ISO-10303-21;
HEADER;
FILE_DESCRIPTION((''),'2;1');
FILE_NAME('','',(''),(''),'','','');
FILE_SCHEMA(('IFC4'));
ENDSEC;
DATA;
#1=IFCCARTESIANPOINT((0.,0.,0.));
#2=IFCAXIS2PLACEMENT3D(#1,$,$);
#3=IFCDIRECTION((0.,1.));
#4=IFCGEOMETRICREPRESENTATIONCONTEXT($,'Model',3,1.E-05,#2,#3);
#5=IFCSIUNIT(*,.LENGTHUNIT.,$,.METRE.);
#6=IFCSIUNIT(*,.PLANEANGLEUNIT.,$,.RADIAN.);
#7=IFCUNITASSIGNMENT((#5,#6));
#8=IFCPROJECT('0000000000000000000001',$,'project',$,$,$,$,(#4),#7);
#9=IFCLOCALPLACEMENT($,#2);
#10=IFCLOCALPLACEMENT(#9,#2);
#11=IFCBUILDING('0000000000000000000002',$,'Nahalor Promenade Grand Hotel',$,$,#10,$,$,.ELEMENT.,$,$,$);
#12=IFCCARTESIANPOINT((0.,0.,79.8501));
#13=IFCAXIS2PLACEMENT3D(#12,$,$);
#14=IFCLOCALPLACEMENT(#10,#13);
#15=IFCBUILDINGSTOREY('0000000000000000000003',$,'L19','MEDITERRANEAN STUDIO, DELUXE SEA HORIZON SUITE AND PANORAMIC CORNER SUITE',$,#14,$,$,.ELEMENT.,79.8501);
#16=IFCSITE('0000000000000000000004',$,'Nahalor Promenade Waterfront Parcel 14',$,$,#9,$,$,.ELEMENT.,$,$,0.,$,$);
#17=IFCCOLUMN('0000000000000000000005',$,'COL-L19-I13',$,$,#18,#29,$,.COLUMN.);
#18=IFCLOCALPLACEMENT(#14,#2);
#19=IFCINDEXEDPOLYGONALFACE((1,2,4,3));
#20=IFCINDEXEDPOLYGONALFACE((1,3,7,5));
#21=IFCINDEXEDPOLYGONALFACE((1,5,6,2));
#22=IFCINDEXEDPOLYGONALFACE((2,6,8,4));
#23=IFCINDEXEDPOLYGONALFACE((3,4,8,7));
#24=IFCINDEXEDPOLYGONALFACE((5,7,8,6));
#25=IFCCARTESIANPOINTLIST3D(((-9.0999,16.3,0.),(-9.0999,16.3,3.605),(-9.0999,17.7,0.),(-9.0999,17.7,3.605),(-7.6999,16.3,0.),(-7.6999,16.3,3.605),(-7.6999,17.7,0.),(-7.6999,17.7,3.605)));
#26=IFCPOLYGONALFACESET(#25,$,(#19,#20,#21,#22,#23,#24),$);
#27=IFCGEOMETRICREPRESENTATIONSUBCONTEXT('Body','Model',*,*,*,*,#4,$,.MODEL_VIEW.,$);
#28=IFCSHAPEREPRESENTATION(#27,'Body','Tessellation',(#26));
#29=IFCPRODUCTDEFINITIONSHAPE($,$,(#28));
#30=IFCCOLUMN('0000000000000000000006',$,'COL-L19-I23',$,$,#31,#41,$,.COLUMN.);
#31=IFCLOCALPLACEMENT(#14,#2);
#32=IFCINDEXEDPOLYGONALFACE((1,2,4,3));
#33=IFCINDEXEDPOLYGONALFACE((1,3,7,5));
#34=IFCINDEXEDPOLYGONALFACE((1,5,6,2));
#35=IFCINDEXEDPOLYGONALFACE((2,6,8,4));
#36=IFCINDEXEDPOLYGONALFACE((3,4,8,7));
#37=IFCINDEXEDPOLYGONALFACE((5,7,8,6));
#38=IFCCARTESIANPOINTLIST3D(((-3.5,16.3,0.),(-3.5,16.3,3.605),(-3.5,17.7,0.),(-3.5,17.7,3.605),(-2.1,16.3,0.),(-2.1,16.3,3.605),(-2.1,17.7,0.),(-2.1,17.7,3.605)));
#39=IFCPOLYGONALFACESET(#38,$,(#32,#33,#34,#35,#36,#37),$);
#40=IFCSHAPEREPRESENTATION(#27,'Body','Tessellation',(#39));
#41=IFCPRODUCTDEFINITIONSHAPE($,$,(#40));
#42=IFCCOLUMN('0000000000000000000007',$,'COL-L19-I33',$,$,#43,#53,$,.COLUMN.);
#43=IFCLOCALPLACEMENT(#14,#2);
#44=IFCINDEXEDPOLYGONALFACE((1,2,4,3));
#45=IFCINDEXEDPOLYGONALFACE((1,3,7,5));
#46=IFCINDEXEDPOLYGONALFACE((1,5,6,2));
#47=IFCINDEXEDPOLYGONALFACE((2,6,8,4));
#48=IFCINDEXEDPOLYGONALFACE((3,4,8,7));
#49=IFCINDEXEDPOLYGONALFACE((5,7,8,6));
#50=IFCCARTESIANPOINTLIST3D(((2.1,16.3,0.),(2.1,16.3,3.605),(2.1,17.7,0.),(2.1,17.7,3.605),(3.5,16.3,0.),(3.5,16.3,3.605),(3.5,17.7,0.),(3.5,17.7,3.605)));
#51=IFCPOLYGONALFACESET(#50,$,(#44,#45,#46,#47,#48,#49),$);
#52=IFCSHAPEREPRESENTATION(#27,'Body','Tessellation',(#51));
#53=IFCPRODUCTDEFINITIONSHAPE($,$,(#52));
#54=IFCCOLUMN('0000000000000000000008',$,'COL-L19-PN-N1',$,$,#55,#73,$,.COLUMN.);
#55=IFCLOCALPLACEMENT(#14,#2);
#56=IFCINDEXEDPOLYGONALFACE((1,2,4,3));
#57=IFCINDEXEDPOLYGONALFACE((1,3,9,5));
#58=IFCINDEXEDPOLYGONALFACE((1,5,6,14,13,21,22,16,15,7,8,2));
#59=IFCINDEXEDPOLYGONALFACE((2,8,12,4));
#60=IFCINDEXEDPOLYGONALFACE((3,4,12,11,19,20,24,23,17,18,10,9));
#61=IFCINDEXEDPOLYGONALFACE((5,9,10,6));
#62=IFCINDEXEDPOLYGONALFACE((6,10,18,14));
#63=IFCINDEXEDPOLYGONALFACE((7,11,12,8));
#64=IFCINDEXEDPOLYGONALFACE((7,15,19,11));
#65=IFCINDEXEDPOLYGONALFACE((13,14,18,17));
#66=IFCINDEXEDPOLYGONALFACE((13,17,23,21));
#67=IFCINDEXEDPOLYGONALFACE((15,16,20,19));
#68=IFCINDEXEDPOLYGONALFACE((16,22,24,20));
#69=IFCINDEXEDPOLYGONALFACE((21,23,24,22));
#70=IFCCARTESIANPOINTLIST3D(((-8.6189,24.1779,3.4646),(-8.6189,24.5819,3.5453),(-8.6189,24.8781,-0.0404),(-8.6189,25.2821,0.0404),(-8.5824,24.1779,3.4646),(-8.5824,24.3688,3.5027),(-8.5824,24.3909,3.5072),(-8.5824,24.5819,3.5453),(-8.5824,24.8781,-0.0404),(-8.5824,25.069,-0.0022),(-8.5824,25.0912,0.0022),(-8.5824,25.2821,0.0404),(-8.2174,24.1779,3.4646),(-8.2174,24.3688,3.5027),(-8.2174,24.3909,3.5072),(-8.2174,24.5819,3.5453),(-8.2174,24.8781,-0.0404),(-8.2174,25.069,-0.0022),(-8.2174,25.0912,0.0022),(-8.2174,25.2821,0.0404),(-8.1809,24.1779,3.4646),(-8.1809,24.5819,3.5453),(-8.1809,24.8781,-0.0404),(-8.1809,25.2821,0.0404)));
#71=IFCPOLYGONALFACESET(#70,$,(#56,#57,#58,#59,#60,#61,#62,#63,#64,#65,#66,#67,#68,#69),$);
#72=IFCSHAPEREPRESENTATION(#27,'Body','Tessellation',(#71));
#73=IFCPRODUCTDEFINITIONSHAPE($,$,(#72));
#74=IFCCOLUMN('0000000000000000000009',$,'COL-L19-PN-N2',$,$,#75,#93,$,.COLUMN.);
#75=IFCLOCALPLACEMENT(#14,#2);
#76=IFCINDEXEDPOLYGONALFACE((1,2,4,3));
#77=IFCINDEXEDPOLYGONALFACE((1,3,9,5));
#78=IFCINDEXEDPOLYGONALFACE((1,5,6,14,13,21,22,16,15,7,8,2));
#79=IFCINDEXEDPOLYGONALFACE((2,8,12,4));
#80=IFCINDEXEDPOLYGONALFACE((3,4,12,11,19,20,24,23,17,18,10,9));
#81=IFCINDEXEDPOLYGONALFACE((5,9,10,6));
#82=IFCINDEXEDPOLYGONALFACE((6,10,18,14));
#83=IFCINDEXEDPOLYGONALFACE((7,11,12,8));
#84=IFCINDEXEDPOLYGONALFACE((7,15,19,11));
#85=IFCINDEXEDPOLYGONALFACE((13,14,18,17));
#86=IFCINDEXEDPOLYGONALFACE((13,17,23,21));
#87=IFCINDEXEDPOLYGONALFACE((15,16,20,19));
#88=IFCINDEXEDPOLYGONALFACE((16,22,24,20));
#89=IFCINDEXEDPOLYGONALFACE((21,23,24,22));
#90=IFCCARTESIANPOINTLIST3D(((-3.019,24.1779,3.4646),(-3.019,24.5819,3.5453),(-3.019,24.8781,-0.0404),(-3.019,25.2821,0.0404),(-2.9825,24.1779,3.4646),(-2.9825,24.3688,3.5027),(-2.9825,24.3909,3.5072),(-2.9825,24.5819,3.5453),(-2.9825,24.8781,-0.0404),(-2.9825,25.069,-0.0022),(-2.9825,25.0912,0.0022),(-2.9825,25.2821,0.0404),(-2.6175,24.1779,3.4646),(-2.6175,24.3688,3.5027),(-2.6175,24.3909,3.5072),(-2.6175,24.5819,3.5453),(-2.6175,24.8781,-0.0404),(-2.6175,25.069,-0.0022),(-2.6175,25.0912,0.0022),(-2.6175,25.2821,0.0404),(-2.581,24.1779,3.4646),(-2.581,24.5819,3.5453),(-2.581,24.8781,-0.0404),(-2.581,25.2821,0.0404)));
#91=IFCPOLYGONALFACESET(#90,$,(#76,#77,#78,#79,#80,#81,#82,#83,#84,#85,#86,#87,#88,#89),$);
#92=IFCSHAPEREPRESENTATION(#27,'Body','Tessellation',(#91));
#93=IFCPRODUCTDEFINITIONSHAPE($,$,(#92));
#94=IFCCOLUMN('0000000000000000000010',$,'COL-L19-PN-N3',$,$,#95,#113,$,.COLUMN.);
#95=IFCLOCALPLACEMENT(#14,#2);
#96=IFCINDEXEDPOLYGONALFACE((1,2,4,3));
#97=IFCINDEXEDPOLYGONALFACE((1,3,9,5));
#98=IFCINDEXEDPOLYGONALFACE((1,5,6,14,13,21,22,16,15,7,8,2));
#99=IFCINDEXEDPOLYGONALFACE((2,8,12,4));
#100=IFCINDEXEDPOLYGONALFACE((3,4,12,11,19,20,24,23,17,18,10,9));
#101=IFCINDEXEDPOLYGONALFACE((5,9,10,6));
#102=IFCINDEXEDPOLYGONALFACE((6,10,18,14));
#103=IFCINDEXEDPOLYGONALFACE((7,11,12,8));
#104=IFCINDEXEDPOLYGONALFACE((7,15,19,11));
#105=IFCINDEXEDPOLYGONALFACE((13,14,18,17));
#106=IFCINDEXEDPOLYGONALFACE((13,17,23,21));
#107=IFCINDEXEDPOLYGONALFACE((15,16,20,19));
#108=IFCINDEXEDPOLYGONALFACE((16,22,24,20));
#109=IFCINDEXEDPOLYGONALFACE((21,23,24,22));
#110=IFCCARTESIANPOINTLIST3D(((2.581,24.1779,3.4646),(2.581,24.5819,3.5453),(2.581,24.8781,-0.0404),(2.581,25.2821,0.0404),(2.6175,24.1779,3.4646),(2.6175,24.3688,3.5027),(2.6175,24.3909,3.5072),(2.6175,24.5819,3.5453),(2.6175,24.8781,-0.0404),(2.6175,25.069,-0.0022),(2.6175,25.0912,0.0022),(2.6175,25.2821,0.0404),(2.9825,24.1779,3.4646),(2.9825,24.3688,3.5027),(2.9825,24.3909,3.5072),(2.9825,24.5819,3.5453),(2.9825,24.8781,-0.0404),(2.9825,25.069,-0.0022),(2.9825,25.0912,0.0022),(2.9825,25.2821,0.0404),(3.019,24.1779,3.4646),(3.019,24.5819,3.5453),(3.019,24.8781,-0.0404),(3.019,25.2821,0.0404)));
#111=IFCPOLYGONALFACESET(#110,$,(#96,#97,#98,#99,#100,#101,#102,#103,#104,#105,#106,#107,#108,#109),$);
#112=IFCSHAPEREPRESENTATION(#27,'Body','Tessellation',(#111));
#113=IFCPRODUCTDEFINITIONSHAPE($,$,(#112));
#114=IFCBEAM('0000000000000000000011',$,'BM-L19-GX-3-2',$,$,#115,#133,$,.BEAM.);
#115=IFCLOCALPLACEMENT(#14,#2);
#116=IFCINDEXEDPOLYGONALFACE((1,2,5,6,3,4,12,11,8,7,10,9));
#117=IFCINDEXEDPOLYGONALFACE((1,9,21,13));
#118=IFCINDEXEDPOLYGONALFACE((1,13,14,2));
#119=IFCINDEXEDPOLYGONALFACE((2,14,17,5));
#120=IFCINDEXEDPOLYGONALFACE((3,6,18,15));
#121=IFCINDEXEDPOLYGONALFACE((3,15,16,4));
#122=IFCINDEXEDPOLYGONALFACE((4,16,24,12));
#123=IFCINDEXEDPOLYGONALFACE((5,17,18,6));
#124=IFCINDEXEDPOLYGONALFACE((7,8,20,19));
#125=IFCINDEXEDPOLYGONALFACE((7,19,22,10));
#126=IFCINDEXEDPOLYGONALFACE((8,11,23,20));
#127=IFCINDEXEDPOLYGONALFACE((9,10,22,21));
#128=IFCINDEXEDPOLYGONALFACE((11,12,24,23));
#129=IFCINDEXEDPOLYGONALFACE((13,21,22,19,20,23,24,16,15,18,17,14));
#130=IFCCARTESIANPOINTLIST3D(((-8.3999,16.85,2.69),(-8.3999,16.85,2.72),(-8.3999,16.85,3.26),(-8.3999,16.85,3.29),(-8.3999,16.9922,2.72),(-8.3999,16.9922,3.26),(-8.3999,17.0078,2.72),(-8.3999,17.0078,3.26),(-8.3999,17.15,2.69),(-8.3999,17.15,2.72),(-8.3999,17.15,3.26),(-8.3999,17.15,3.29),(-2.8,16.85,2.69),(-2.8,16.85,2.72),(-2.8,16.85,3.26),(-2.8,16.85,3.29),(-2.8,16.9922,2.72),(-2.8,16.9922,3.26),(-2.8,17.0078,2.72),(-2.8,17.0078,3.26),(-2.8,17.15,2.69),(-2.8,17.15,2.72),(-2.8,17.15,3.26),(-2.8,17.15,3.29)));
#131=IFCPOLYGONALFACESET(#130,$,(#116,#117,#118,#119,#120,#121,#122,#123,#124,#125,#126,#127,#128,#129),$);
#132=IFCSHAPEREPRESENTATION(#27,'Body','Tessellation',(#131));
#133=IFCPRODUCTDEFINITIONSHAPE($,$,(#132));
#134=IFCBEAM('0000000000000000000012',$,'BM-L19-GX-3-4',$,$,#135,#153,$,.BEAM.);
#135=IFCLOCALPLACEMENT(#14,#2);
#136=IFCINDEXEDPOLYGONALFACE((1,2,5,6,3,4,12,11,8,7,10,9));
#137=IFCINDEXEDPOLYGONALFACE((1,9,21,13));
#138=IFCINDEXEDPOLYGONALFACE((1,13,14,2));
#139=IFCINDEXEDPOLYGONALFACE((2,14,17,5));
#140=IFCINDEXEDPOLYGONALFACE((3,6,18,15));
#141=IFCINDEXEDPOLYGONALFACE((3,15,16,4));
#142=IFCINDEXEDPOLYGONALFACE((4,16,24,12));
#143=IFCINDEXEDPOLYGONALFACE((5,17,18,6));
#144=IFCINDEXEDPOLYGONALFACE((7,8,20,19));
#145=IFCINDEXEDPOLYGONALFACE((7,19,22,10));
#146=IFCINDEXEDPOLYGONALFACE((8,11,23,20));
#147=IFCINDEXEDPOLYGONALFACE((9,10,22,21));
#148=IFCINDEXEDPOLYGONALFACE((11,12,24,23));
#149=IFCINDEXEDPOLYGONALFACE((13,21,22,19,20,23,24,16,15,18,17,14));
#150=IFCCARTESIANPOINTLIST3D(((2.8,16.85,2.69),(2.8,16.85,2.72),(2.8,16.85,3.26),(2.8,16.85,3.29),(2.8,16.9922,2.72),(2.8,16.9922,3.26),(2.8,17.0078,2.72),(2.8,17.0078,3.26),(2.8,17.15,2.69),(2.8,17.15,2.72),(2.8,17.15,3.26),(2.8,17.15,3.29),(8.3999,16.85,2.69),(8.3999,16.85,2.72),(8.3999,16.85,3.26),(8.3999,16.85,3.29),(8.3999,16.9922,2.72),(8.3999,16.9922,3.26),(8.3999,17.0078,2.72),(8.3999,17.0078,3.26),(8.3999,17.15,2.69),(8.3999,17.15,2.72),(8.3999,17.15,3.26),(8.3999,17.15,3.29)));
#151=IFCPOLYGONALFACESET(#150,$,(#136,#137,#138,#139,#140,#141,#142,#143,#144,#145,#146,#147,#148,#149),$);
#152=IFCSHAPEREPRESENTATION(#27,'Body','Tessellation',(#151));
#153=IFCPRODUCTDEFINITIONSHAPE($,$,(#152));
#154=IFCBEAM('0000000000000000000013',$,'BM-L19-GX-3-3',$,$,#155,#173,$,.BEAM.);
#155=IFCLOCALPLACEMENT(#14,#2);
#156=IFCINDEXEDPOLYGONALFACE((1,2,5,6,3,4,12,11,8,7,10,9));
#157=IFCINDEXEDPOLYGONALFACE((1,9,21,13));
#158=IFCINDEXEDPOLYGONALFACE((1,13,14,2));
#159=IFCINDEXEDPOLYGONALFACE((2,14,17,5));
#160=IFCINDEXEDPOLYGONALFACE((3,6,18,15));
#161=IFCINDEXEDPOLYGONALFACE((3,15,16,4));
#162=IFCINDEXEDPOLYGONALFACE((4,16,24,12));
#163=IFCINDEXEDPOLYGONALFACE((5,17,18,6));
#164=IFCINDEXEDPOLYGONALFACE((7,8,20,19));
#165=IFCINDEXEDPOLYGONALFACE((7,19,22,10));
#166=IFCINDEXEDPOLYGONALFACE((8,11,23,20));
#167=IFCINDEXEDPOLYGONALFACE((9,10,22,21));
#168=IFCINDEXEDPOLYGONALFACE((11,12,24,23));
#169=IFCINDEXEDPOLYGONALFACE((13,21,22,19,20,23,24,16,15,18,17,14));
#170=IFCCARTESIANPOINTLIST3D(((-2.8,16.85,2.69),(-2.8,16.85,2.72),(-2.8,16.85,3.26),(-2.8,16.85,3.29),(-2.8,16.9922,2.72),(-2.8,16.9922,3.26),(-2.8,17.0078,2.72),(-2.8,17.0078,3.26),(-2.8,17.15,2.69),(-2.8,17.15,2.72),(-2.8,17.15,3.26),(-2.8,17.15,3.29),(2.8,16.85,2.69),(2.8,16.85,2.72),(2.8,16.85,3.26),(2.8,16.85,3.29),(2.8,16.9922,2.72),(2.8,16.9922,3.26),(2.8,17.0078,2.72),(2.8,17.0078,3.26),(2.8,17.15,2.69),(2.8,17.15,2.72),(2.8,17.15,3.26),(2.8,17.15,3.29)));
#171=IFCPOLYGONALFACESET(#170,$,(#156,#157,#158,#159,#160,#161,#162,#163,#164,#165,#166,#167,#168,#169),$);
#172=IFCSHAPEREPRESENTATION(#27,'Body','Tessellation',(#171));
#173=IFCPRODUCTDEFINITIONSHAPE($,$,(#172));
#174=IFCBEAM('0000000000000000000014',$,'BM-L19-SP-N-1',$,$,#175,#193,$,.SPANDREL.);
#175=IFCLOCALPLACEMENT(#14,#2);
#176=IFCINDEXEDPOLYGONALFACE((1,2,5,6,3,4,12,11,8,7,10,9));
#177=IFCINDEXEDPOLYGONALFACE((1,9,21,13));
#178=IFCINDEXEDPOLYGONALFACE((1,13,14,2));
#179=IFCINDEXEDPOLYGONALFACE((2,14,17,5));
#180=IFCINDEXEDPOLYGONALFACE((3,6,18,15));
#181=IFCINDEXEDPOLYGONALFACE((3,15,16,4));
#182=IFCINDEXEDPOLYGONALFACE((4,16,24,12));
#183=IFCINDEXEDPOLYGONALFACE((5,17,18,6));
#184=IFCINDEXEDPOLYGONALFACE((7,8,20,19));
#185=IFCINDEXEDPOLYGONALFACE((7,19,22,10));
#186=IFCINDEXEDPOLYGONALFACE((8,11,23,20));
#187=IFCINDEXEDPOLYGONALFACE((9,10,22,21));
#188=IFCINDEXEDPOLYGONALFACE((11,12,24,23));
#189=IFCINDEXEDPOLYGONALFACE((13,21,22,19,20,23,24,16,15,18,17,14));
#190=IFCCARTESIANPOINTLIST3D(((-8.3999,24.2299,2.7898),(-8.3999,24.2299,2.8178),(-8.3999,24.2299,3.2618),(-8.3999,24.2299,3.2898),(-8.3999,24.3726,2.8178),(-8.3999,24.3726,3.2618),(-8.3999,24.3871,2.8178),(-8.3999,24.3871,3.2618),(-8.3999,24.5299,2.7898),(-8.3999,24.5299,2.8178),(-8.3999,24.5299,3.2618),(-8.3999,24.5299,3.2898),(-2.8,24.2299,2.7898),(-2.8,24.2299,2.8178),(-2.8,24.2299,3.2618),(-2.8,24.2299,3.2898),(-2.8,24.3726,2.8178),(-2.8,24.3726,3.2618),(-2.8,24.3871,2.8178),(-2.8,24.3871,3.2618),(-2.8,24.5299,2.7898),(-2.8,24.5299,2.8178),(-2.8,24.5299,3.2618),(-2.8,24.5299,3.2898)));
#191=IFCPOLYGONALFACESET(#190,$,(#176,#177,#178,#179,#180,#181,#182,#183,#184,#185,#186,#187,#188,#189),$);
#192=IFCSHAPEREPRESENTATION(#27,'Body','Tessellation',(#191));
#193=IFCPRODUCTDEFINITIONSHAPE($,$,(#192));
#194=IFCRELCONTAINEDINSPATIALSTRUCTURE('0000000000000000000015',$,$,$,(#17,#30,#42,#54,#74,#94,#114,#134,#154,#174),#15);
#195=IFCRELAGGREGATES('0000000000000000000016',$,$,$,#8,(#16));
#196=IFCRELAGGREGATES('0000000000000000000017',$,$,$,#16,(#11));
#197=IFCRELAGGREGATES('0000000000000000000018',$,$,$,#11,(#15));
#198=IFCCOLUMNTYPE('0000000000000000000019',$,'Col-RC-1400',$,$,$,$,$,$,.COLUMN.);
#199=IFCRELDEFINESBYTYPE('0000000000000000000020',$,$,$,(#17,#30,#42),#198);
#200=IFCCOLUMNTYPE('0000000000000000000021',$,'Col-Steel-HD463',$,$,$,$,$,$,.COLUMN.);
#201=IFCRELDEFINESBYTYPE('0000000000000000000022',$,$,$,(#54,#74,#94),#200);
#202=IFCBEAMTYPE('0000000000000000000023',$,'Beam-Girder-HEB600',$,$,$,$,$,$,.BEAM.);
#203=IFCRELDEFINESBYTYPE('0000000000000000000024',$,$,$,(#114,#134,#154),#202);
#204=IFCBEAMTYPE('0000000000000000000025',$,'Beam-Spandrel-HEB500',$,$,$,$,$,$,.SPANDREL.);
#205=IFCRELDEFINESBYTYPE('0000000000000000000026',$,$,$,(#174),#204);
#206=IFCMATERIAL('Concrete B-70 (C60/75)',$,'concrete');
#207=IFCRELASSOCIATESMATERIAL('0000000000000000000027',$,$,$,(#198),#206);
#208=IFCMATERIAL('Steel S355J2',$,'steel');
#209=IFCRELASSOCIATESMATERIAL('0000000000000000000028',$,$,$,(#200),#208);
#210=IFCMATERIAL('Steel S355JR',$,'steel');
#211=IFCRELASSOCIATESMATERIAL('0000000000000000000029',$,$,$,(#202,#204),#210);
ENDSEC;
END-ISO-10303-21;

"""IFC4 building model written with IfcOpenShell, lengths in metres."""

from ifc_helpers import new_model, si_unit, direction, frame, origin, origin_2d, place, context, subcontext, project, spatial, rectangle, i_section, extrude, source, transform, mapped, material, material_profile, profile_set, type_object, element, save


model = new_model("IFC4")

# Units and contexts
model_context = context("Model", 3, precision=1e-05, world=origin(), true_north=direction((0.0, 1.0)))
body_context = subcontext(model_context, "Body", "Model", "MODEL_VIEW")
ifc_project = project(units=[si_unit("LENGTHUNIT", "METRE"), si_unit("PLANEANGLEUNIT", "RADIAN")], contexts=[model_context])

# Site, building, storey
site_placement = place(None, origin())
site = spatial("IfcSite", under=ifc_project, at=site_placement, Name="Nahalor Promenade Waterfront Parcel 14", CompositionType="ELEMENT", RefElevation=0.0)
building_placement = place(site_placement, origin())
building = spatial("IfcBuilding", under=site, at=building_placement, Name="Nahalor Promenade Grand Hotel", CompositionType="ELEMENT")
storey_placement = place(building_placement, frame((0.0, 0.0, 79.8501)))
storey = spatial("IfcBuildingStorey", under=building, at=storey_placement, Name="L19", Description="MEDITERRANEAN STUDIO, DELUXE SEA HORIZON SUITE AND PANORAMIC CORNER SUITE", CompositionType="ELEMENT", Elevation=79.8501)

# Columns
ifc_material_1 = material(Name="Concrete B-70 (C60/75)", Category="concrete")
ifc_material_profile_1 = material_profile(ifc_material_1, rectangle(XDim=1.4, YDim=1.4, at=origin_2d()), Name="RC 1400x1400")
ifc_profile_set_1 = profile_set([ifc_material_profile_1], Name="Concrete B-70 (C60/75)")
column_type_1 = type_object("IfcColumnType", Name="Col-RC-1400", PredefinedType="COLUMN", material=ifc_profile_set_1)
shared_shape_1 = source(origin(), body_context, "Body", "SweptSolid", [
    extrude(rectangle(XDim=1.4, YDim=1.4, at=origin_2d()), origin(), (0.0, 0.0, 1.0), 3.605),
])
for number, where, z_axis, x_axis, name in (
    (1, (-8.3999, 17.0, 0.0), (0.0, 0.0, 1.0), (1.0, 0.0, 0.0), "COL-L19-I13"),
    (2, (-2.8, 17.0, 0.0), (0.0, 0.0, 1.0), (1.0, 0.0, 0.0), "COL-L19-I23"),
    (3, (2.8, 17.0, 0.0), (0.0, 0.0, 1.0), (1.0, 0.0, 0.0), "COL-L19-I33"),
):
    element("IfcColumn", number, at=place(storey_placement, frame(where, z_axis=z_axis, x_axis=x_axis)), inside=storey, type_object=column_type_1, Name=name, PredefinedType="COLUMN", context=body_context, shape_type="MappedRepresentation", body=[
        mapped(shared_shape_1, transform((0.0, 0.0, 0.0), scale=1.0)),
    ])
ifc_material_2 = material(Name="Steel S355J2", Category="steel")
ifc_material_profile_2 = material_profile(ifc_material_2, i_section(OverallWidth=0.412, OverallDepth=0.438, WebThickness=0.0226, FlangeThickness=0.0365, at=origin_2d()), Name="HD 400x463")
ifc_profile_set_2 = profile_set([ifc_material_profile_2], Name="Steel S355J2")
column_type_2 = type_object("IfcColumnType", Name="Col-Steel-HD463", PredefinedType="COLUMN", material=ifc_profile_set_2)
shared_shape_2 = source(origin(), body_context, "Body", "SweptSolid", [
    extrude(i_section(OverallWidth=0.412, OverallDepth=0.438, WebThickness=0.0226, FlangeThickness=0.0365, at=origin_2d()), origin(), (0.0, 0.0, 1.0), 3.5742),
])
for number, where, z_axis, x_axis, name in (
    (4, (-8.3999, 25.0801, 0.0), (0.0, -0.195906, 0.980623), (0.0, 0.980623, 0.195906), "COL-L19-PN-N1"),
    (5, (-2.8, 25.0801, 0.0), (0.0, -0.195906, 0.980623), (0.0, 0.980623, 0.195906), "COL-L19-PN-N2"),
    (6, (2.8, 25.0801, 0.0), (0.0, -0.195906, 0.980623), (0.0, 0.980623, 0.195906), "COL-L19-PN-N3"),
):
    element("IfcColumn", number, at=place(storey_placement, frame(where, z_axis=z_axis, x_axis=x_axis)), inside=storey, type_object=column_type_2, Name=name, PredefinedType="COLUMN", context=body_context, shape_type="MappedRepresentation", body=[
        mapped(shared_shape_2, transform((0.0, 0.0, 0.0), scale=1.0)),
    ])

# Beams
ifc_material_3 = material(Name="Steel S355JR", Category="steel")
ifc_material_profile_3 = material_profile(ifc_material_3, i_section(OverallWidth=0.3, OverallDepth=0.6, WebThickness=0.0155, FlangeThickness=0.03, at=origin_2d()), Name="HEB 600")
ifc_profile_set_3 = profile_set([ifc_material_profile_3], Name="Steel S355JR")
beam_type_1 = type_object("IfcBeamType", Name="Beam-Girder-HEB600", PredefinedType="BEAM", material=ifc_profile_set_3)
shared_shape_3 = source(origin(), body_context, "Body", "SweptSolid", [
    extrude(i_section(OverallWidth=0.3, OverallDepth=0.6, WebThickness=0.0155, FlangeThickness=0.03, at=origin_2d()), origin(), (0.0, 0.0, 1.0), 5.5999),
])
for number, where, z_axis, x_axis, name in (
    (7, (-8.3999, 17.0, 2.99), (1.0, 0.0, 0.0), (0.0, 1.0, 0.0), "BM-L19-GX-3-2"),
    (8, (2.8, 17.0, 2.99), (1.0, 0.0, 0.0), (0.0, 1.0, 0.0), "BM-L19-GX-3-4"),
):
    element("IfcBeam", number, at=place(storey_placement, frame(where, z_axis=z_axis, x_axis=x_axis)), inside=storey, type_object=beam_type_1, Name=name, PredefinedType="BEAM", context=body_context, shape_type="MappedRepresentation", body=[
        mapped(shared_shape_3, transform((0.0, 0.0, 0.0), scale=1.0)),
    ])
shared_shape_4 = source(origin(), body_context, "Body", "SweptSolid", [
    extrude(i_section(OverallWidth=0.3, OverallDepth=0.6, WebThickness=0.0155, FlangeThickness=0.03, at=origin_2d()), origin(), (0.0, 0.0, 1.0), 5.6001),
])
beam_1_placement = place(storey_placement, frame((-2.8, 17.0, 2.99), z_axis=(1.0, 0.0, 0.0), x_axis=(0.0, 1.0, 0.0)))
element("IfcBeam", 9, at=beam_1_placement, inside=storey, type_object=beam_type_1, Name="BM-L19-GX-3-3", PredefinedType="BEAM", context=body_context, shape_type="MappedRepresentation", body=[
    mapped(shared_shape_4, transform((0.0, 0.0, 0.0), scale=1.0)),
])
ifc_material_profile_4 = material_profile(ifc_material_3, i_section(OverallWidth=0.3, OverallDepth=0.5, WebThickness=0.0145, FlangeThickness=0.028, at=origin_2d()), Name="HEB 500")
ifc_profile_set_4 = profile_set([ifc_material_profile_4], Name="Steel S355JR")
beam_type_2 = type_object("IfcBeamType", Name="Beam-Spandrel-HEB500", PredefinedType="SPANDREL", material=ifc_profile_set_4)
shared_shape_5 = source(origin(), body_context, "Body", "SweptSolid", [
    extrude(i_section(OverallWidth=0.3, OverallDepth=0.5, WebThickness=0.0145, FlangeThickness=0.028, at=origin_2d()), origin(), (0.0, 0.0, 1.0), 5.5999),
])
for number, where, z_axis, x_axis, name in (
    (10, (-8.3999, 24.3799, 3.0398), (1.0, 0.0, 0.0), (0.0, 1.0, 0.0), "BM-L19-SP-N-1"),
):
    element("IfcBeam", number, at=place(storey_placement, frame(where, z_axis=z_axis, x_axis=x_axis)), inside=storey, type_object=beam_type_2, Name=name, PredefinedType="SPANDREL", context=body_context, shape_type="MappedRepresentation", body=[
        mapped(shared_shape_5, transform((0.0, 0.0, 0.0), scale=1.0)),
    ])

save(model, "model.ifc")
